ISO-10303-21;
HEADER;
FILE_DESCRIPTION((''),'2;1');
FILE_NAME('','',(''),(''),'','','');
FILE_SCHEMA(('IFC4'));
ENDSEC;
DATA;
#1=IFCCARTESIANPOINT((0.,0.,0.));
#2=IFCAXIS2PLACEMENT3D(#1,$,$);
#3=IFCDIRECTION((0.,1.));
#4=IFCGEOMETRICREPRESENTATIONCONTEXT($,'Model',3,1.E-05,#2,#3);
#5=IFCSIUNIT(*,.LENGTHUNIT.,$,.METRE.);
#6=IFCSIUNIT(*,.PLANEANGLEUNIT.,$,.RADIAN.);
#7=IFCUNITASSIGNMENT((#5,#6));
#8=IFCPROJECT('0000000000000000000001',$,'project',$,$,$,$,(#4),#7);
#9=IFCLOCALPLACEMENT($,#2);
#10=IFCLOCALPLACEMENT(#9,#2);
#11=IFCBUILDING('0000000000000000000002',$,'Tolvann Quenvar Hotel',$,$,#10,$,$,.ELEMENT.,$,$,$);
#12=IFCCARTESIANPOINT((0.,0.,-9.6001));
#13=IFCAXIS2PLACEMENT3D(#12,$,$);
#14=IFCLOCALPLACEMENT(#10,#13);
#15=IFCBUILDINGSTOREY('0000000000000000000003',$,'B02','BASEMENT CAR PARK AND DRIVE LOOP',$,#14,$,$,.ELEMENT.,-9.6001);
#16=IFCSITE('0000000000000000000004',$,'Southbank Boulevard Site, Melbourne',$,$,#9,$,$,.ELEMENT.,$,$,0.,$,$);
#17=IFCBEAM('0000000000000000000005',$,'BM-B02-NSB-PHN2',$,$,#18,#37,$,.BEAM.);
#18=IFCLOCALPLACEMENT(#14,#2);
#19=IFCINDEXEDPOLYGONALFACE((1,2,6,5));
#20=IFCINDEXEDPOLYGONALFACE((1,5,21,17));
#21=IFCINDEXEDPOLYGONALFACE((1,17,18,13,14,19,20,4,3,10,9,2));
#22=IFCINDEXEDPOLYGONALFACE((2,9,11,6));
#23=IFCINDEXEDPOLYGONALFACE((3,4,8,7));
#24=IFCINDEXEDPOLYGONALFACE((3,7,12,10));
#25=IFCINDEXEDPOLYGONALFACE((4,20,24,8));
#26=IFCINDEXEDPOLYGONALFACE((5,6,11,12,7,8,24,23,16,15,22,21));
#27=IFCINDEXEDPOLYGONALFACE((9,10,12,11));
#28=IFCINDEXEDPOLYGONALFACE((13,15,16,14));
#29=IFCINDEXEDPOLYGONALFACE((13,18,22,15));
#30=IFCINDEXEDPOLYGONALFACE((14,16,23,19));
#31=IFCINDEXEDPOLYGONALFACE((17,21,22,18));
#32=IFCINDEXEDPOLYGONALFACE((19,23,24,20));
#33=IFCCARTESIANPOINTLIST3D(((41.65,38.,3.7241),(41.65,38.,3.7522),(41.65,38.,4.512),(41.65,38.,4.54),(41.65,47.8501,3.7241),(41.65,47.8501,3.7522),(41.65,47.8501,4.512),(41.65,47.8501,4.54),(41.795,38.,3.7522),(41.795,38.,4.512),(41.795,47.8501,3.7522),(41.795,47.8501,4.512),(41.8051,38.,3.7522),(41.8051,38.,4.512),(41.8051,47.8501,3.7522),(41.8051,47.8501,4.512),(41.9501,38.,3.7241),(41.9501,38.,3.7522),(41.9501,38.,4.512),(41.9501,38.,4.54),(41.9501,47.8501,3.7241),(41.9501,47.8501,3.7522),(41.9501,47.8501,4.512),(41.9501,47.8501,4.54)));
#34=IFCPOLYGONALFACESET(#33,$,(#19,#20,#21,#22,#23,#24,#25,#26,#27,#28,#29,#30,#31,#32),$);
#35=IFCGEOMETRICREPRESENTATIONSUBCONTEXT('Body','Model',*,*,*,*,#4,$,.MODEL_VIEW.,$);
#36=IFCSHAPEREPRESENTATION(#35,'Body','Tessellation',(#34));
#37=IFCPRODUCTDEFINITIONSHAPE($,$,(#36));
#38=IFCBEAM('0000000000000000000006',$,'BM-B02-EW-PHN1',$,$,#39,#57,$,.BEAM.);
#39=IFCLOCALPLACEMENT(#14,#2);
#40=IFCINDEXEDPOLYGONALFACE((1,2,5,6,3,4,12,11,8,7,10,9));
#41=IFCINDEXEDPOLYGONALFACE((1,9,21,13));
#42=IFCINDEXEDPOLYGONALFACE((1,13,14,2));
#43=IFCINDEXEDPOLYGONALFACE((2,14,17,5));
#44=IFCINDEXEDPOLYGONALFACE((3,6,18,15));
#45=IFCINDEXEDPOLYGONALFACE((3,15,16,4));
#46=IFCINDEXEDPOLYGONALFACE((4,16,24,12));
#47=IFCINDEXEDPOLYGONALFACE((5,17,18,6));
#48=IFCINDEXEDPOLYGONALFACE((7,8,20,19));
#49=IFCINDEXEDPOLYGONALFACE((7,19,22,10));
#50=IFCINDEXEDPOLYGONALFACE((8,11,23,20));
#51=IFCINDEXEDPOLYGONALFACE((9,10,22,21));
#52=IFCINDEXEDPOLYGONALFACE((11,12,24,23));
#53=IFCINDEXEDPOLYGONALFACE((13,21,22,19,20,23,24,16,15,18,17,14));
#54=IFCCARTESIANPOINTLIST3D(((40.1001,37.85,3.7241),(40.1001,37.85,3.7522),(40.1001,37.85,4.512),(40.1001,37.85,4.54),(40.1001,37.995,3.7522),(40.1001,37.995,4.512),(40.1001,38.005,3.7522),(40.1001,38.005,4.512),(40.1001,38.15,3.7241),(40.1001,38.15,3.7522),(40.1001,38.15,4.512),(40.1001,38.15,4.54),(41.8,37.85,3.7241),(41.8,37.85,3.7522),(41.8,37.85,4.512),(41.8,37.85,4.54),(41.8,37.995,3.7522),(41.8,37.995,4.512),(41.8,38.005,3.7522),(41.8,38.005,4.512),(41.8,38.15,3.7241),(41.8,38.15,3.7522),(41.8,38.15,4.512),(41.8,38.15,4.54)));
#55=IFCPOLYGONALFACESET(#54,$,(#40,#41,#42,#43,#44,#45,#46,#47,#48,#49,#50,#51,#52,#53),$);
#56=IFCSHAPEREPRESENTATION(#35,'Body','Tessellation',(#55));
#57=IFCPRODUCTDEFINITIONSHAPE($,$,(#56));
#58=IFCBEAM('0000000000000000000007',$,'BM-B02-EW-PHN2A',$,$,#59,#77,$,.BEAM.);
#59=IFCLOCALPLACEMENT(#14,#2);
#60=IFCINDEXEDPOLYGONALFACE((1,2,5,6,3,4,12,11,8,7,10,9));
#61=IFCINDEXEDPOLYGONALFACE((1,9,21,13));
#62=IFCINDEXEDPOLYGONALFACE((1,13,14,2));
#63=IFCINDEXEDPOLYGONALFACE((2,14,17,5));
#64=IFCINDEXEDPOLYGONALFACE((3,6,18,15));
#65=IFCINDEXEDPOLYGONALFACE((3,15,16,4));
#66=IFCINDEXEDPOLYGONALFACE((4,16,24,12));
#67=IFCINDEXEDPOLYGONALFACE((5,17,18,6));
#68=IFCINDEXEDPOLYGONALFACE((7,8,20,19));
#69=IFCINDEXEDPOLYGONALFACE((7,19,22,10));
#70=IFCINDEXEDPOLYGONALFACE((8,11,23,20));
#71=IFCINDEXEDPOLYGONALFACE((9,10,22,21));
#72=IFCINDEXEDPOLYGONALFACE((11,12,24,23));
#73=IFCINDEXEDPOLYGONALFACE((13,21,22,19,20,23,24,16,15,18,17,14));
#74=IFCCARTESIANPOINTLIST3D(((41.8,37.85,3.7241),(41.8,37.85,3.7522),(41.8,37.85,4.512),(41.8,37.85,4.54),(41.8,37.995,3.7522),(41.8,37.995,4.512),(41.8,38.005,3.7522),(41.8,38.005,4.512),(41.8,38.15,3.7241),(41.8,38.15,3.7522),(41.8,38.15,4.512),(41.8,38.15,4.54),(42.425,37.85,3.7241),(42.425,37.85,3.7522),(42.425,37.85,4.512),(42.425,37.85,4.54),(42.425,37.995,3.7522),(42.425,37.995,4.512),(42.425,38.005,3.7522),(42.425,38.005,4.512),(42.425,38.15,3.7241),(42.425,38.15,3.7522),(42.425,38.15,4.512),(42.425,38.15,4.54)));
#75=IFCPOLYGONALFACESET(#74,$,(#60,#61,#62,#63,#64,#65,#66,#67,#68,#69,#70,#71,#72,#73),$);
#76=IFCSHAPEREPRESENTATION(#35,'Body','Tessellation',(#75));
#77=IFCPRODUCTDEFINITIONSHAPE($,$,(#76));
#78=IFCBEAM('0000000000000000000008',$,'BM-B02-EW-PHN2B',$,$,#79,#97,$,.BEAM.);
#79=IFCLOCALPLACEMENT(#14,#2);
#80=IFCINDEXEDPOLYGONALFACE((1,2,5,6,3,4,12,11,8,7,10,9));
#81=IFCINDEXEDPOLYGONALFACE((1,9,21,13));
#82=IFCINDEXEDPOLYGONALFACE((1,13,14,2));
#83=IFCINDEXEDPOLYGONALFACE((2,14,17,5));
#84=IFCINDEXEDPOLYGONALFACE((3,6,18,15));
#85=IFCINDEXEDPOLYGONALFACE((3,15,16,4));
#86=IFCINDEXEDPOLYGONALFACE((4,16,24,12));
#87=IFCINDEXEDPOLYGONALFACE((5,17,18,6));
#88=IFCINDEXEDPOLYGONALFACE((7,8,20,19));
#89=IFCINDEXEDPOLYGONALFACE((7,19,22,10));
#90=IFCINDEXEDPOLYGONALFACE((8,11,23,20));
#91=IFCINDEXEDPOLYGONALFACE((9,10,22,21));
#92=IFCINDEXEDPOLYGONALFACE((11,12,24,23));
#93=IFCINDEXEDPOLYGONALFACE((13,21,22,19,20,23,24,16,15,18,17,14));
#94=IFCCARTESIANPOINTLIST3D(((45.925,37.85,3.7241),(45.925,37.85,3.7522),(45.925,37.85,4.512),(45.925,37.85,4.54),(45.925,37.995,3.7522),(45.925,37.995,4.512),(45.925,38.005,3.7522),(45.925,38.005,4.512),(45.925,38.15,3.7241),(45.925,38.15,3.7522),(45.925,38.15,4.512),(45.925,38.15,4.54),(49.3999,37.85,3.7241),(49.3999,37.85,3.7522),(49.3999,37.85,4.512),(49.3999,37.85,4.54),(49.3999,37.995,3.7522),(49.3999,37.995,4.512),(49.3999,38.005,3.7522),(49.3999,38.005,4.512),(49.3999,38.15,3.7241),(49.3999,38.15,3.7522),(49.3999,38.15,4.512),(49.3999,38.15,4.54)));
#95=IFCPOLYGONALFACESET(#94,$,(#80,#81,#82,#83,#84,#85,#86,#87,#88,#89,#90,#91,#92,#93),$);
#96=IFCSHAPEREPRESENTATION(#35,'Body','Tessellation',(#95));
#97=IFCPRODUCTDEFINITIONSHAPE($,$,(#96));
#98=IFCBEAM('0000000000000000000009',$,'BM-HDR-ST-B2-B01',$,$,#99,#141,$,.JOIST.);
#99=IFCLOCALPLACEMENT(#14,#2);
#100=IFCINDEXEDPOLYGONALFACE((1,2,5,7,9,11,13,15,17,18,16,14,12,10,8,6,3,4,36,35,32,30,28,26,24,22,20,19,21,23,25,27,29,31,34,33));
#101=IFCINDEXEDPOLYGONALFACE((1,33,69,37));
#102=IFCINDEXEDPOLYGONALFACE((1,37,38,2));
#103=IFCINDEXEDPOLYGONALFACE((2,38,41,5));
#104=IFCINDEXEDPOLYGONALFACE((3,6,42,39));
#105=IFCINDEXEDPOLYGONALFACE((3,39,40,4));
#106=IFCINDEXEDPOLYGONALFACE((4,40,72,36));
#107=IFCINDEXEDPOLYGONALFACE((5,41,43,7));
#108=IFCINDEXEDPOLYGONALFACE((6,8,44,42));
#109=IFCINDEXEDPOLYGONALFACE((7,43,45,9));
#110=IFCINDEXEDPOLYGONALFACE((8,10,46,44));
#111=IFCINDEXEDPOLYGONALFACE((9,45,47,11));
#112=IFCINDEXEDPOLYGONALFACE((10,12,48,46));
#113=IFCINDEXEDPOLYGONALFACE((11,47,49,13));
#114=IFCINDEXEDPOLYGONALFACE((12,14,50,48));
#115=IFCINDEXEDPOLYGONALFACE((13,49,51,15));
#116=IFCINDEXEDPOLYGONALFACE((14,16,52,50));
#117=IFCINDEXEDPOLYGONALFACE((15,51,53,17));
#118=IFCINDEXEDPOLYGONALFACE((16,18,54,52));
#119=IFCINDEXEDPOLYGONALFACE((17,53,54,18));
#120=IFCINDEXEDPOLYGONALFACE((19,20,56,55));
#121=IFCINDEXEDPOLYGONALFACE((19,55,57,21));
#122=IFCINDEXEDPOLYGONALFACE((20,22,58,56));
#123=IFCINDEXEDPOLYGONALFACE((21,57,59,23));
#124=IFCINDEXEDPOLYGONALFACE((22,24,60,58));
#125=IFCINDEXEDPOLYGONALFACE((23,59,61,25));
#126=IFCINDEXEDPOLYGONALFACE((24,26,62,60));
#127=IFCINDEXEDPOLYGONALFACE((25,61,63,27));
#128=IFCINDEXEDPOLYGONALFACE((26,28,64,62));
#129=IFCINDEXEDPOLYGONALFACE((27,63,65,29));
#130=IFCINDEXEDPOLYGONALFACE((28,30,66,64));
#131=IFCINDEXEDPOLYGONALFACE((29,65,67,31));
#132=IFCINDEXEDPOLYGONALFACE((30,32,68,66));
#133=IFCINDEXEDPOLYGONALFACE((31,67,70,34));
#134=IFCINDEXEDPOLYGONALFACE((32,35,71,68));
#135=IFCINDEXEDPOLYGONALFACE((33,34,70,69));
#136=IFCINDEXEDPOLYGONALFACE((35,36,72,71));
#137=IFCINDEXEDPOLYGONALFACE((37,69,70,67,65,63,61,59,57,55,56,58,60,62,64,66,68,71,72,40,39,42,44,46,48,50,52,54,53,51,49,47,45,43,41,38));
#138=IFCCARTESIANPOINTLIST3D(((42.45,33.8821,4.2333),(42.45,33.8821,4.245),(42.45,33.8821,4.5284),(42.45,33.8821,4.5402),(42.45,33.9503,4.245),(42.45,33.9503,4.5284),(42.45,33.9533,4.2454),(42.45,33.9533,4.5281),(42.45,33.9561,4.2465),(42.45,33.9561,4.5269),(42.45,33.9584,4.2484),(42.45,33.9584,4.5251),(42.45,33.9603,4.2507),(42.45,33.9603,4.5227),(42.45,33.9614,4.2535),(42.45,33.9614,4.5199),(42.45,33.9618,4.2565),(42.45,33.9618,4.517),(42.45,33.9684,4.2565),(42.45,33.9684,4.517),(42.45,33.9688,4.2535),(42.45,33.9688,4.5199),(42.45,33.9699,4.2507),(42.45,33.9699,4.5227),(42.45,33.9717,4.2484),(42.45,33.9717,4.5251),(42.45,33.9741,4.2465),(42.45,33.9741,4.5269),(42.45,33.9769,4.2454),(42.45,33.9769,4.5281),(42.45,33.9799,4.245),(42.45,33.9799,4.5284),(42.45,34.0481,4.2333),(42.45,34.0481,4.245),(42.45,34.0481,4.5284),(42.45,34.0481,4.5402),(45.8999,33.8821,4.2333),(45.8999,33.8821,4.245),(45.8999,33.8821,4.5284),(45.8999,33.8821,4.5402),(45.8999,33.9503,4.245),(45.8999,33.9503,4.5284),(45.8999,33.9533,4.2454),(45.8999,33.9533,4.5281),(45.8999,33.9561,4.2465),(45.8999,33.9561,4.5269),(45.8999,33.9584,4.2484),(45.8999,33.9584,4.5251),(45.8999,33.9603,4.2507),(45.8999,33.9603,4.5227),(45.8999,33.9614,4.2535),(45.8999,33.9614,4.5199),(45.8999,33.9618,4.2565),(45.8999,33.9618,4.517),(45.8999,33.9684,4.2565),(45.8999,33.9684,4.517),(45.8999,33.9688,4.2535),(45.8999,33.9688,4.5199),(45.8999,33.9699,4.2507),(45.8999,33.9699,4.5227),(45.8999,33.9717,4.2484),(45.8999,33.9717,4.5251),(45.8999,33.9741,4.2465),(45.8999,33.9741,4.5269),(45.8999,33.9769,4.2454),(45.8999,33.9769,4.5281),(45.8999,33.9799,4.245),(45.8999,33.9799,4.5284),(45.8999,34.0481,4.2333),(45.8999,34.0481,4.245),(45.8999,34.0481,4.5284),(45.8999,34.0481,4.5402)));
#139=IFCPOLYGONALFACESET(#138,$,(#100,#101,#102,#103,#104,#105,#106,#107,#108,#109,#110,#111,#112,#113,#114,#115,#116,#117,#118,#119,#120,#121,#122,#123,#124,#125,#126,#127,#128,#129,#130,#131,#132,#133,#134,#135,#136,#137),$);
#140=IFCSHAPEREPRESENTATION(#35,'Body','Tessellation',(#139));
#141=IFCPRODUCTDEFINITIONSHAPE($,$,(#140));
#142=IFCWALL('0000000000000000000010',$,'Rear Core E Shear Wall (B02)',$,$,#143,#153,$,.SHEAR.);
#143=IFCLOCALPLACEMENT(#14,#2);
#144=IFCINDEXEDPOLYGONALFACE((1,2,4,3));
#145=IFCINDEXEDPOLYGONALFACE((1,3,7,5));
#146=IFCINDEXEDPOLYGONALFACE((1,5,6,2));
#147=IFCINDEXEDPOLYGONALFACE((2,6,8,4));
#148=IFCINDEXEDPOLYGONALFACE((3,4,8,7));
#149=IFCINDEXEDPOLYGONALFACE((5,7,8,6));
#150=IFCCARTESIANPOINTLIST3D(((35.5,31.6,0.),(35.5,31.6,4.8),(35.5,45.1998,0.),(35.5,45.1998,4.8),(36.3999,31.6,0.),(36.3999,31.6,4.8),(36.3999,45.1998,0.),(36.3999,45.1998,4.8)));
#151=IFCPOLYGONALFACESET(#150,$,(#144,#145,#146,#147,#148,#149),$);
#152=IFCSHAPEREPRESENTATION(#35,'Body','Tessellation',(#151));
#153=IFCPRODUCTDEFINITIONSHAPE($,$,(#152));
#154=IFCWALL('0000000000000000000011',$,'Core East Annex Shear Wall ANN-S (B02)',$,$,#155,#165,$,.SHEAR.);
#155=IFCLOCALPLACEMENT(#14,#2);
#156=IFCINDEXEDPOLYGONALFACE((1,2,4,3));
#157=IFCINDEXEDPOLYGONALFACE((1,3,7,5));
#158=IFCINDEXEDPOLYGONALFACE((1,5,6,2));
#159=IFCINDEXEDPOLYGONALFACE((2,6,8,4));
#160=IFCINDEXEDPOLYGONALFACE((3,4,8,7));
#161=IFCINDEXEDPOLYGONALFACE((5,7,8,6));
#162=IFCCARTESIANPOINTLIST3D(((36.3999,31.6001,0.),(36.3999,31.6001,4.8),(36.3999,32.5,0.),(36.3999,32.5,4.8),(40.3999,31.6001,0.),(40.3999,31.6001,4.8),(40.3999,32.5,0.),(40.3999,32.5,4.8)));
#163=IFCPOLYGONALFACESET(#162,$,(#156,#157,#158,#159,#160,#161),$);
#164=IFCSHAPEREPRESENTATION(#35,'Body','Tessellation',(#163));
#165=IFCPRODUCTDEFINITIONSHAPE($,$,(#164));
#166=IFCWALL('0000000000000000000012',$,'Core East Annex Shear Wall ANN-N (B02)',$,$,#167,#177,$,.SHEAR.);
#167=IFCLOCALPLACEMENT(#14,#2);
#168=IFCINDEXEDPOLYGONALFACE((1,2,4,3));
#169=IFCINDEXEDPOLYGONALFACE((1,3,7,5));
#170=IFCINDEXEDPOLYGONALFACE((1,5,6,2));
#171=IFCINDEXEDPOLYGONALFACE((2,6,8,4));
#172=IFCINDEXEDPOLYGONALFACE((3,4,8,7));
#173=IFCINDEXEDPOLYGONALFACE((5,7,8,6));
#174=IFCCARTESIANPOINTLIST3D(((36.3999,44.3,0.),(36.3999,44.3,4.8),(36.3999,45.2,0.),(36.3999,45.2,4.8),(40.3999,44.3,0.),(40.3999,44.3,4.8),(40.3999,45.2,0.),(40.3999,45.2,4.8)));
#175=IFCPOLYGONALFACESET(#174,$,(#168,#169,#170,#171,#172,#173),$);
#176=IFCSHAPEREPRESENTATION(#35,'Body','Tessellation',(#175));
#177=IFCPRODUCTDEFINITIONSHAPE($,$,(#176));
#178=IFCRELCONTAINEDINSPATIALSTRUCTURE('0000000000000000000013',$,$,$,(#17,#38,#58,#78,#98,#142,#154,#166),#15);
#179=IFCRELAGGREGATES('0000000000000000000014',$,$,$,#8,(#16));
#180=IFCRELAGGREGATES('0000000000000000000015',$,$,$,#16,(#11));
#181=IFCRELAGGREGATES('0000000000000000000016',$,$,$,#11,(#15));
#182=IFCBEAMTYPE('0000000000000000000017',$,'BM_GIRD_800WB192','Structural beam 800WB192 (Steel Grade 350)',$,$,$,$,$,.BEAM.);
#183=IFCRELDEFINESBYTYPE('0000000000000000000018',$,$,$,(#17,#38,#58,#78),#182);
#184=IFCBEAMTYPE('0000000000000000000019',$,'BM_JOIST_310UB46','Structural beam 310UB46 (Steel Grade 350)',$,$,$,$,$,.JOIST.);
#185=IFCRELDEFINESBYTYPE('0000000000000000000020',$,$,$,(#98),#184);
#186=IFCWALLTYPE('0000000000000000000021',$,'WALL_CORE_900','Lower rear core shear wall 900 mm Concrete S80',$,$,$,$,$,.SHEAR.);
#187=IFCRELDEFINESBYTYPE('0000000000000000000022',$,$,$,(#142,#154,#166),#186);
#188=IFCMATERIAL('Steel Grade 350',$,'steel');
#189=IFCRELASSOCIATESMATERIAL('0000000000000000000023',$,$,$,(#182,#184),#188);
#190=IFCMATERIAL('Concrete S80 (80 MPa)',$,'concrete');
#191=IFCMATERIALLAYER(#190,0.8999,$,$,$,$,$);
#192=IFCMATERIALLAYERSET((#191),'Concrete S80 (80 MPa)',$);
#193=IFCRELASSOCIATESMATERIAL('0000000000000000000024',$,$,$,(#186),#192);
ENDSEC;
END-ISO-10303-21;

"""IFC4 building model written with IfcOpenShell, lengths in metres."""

from ifc_helpers import new_model, si_unit, direction, frame, frame_2d, origin, origin_2d, place, context, subcontext, project, spatial, rectangle, i_section, extrude, source, transform, mapped, material, layer, layer_set, material_profile, profile_set, type_object, type_shapes, element, save


model = new_model("IFC4")

# Units and contexts
model_context = context("Model", 3, precision=1e-05, world=origin(), true_north=direction((0.0, 1.0)))
body_context = subcontext(model_context, "Body", "Model", "MODEL_VIEW")
ifc_project = project(units=[si_unit("LENGTHUNIT", "METRE"), si_unit("PLANEANGLEUNIT", "RADIAN")], contexts=[model_context])

# Site, building, storey
site_placement = place(None, origin())
site = spatial("IfcSite", under=ifc_project, at=site_placement, Name="Southbank Boulevard Site, Melbourne", CompositionType="ELEMENT", RefElevation=0.0)
building_placement = place(site_placement, origin())
building = spatial("IfcBuilding", under=site, at=building_placement, Name="Tolvann Quenvar Hotel", CompositionType="ELEMENT")
storey_placement = place(building_placement, frame((0.0, 0.0, -9.6001)))
storey = spatial("IfcBuildingStorey", under=building, at=storey_placement, Name="B02", Description="BASEMENT CAR PARK AND DRIVE LOOP", CompositionType="ELEMENT", Elevation=-9.6001)

# Shared definitions
ifc_material_1 = material(Name="Concrete S80 (80 MPa)", Category="concrete")

# Beams
ifc_material_2 = material(Name="Steel Grade 350", Category="steel")
ifc_material_profile_1 = material_profile(ifc_material_2, i_section(OverallWidth=0.3, OverallDepth=0.8159, WebThickness=0.01, FlangeThickness=0.0281, at=origin_2d()), Name="800WB192")
ifc_profile_set_1 = profile_set([ifc_material_profile_1], Name="Steel Grade 350")
beam_type_1 = type_object("IfcBeamType", Name="BM_GIRD_800WB192", Description="Structural beam 800WB192 (Steel Grade 350)", PredefinedType="BEAM", material=ifc_profile_set_1)
shared_shape_1 = source(origin(), body_context, "Body", "SweptSolid", [
    extrude(i_section(OverallWidth=0.3, OverallDepth=0.8159, WebThickness=0.01, FlangeThickness=0.0281, at=origin_2d()), origin(), (0.0, 0.0, 1.0), 9.8501),
])
beam_1_placement = place(storey_placement, frame((41.8, 38.0, 4.1321), z_axis=(0.0, 1.0, 0.0), x_axis=(-1.0, 0.0, 0.0)))
element("IfcBeam", 1, at=beam_1_placement, inside=storey, type_object=beam_type_1, Name="BM-B02-NSB-PHN2", PredefinedType="BEAM", context=body_context, shape_type="MappedRepresentation", body=[
    mapped(shared_shape_1, transform((0.0, 0.0, 0.0), x_axis=(1.0, 0.0, 0.0), y_axis=(0.0, 1.0, 0.0), z_axis=(0.0, 0.0, 1.0), scale=1.0)),
])
shared_shape_2 = source(origin(), body_context, "Body", "SweptSolid", [
    extrude(i_section(OverallWidth=0.3, OverallDepth=0.8159, WebThickness=0.01, FlangeThickness=0.0281, at=origin_2d()), origin(), (0.0, 0.0, 1.0), 1.7),
])
beam_2_placement = place(storey_placement, frame((40.1001, 38.0, 4.1321), z_axis=(1.0, 0.0, 0.0), x_axis=(0.0, 1.0, 0.0)))
element("IfcBeam", 2, at=beam_2_placement, inside=storey, type_object=beam_type_1, Name="BM-B02-EW-PHN1", PredefinedType="BEAM", context=body_context, shape_type="MappedRepresentation", body=[
    mapped(shared_shape_2, transform((0.0, 0.0, 0.0), x_axis=(1.0, 0.0, 0.0), y_axis=(0.0, 1.0, 0.0), z_axis=(0.0, 0.0, 1.0), scale=1.0)),
])
shared_shape_3 = source(origin(), body_context, "Body", "SweptSolid", [
    extrude(i_section(OverallWidth=0.3, OverallDepth=0.8159, WebThickness=0.01, FlangeThickness=0.0281, at=origin_2d()), origin(), (0.0, 0.0, 1.0), 0.625),
])
beam_3_placement = place(storey_placement, frame((41.8, 38.0, 4.1321), z_axis=(1.0, 0.0, 0.0), x_axis=(0.0, 1.0, 0.0)))
element("IfcBeam", 3, at=beam_3_placement, inside=storey, type_object=beam_type_1, Name="BM-B02-EW-PHN2A", PredefinedType="BEAM", context=body_context, shape_type="MappedRepresentation", body=[
    mapped(shared_shape_3, transform((0.0, 0.0, 0.0), x_axis=(1.0, 0.0, 0.0), y_axis=(0.0, 1.0, 0.0), z_axis=(0.0, 0.0, 1.0), scale=1.0)),
])
shared_shape_4 = source(origin(), body_context, "Body", "SweptSolid", [
    extrude(i_section(OverallWidth=0.3, OverallDepth=0.8159, WebThickness=0.01, FlangeThickness=0.0281, at=origin_2d()), origin(), (0.0, 0.0, 1.0), 3.4749),
])
beam_4_placement = place(storey_placement, frame((45.925, 38.0, 4.1321), z_axis=(1.0, 0.0, 0.0), x_axis=(0.0, 1.0, 0.0)))
element("IfcBeam", 4, at=beam_4_placement, inside=storey, type_object=beam_type_1, Name="BM-B02-EW-PHN2B", PredefinedType="BEAM", context=body_context, shape_type="MappedRepresentation", body=[
    mapped(shared_shape_4, transform((0.0, 0.0, 0.0), x_axis=(1.0, 0.0, 0.0), y_axis=(0.0, 1.0, 0.0), z_axis=(0.0, 0.0, 1.0), scale=1.0)),
])
ifc_material_profile_2 = material_profile(ifc_material_2, i_section(OverallWidth=0.166, OverallDepth=0.3069, WebThickness=0.0066, FlangeThickness=0.0117, FilletRadius=0.0115, at=origin_2d()), Name="310UB46")
ifc_profile_set_2 = profile_set([ifc_material_profile_2], Name="Steel Grade 350")
beam_type_2 = type_object("IfcBeamType", Name="BM_JOIST_310UB46", Description="Structural beam 310UB46 (Steel Grade 350)", PredefinedType="JOIST", material=ifc_profile_set_2)
shared_shape_5 = source(origin(), body_context, "Body", "SweptSolid", [
    extrude(i_section(OverallWidth=0.166, OverallDepth=0.3069, WebThickness=0.0066, FlangeThickness=0.0117, FilletRadius=0.0115, at=origin_2d()), origin(), (0.0, 0.0, 1.0), 3.45),
])
type_shapes(beam_type_2, [shared_shape_5])
beam_5_placement = place(storey_placement, frame((42.45, 33.9651, 4.3867), z_axis=(1.0, 0.0, 0.0), x_axis=(0.0, 1.0, 0.0)))
element("IfcBeam", 5, at=beam_5_placement, inside=storey, type_object=beam_type_2, Name="BM-HDR-ST-B2-B01", PredefinedType="JOIST", context=body_context, shape_type="MappedRepresentation", body=[
    mapped(shared_shape_5, transform((0.0, 0.0, 0.0), x_axis=(1.0, 0.0, 0.0), y_axis=(0.0, 1.0, 0.0), z_axis=(0.0, 0.0, 1.0), scale=1.0)),
])

# Walls
ifc_layer_1 = layer(ifc_material_1, 0.8999)
ifc_layer_set_1 = layer_set([ifc_layer_1], Name="Concrete S80 (80 MPa)")
wall_type_1 = type_object("IfcWallType", Name="WALL_CORE_900", Description="Lower rear core shear wall 900 mm Concrete S80", PredefinedType="SHEAR", material=ifc_layer_set_1)
wall_1_placement = place(storey_placement, frame((35.95, 31.6001, 0.0), z_axis=(0.0, 0.0, 1.0), x_axis=(0.0, 1.0, 0.0)))
element("IfcWall", 6, at=wall_1_placement, inside=storey, type_object=wall_type_1, Name="Rear Core E Shear Wall (B02)", PredefinedType="SHEAR", context=body_context, shape_type="SweptSolid", body=[
    extrude(rectangle(XDim=13.5999, YDim=0.8999, at=frame_2d((6.7998, 0.0))), origin(), (0.0, 0.0, 1.0), 4.8),
])
for number, where, z_axis, x_axis, name in (
    (7, (36.3999, 32.05, 0.0), (0.0, 0.0, 1.0), (1.0, 0.0, 0.0), "Core East Annex Shear Wall ANN-S (B02)"),
    (8, (36.3999, 44.75, 0.0), (0.0, 0.0, 1.0), (1.0, 0.0, 0.0), "Core East Annex Shear Wall ANN-N (B02)"),
):
    element("IfcWall", number, at=place(storey_placement, frame(where, z_axis=z_axis, x_axis=x_axis)), inside=storey, type_object=wall_type_1, Name=name, PredefinedType="SHEAR", context=body_context, shape_type="SweptSolid", body=[
        extrude(rectangle(XDim=4.0, YDim=0.8999, at=frame_2d((2.0, 0.0))), origin(), (0.0, 0.0, 1.0), 4.8),
    ])

save(model, "model.ifc")
